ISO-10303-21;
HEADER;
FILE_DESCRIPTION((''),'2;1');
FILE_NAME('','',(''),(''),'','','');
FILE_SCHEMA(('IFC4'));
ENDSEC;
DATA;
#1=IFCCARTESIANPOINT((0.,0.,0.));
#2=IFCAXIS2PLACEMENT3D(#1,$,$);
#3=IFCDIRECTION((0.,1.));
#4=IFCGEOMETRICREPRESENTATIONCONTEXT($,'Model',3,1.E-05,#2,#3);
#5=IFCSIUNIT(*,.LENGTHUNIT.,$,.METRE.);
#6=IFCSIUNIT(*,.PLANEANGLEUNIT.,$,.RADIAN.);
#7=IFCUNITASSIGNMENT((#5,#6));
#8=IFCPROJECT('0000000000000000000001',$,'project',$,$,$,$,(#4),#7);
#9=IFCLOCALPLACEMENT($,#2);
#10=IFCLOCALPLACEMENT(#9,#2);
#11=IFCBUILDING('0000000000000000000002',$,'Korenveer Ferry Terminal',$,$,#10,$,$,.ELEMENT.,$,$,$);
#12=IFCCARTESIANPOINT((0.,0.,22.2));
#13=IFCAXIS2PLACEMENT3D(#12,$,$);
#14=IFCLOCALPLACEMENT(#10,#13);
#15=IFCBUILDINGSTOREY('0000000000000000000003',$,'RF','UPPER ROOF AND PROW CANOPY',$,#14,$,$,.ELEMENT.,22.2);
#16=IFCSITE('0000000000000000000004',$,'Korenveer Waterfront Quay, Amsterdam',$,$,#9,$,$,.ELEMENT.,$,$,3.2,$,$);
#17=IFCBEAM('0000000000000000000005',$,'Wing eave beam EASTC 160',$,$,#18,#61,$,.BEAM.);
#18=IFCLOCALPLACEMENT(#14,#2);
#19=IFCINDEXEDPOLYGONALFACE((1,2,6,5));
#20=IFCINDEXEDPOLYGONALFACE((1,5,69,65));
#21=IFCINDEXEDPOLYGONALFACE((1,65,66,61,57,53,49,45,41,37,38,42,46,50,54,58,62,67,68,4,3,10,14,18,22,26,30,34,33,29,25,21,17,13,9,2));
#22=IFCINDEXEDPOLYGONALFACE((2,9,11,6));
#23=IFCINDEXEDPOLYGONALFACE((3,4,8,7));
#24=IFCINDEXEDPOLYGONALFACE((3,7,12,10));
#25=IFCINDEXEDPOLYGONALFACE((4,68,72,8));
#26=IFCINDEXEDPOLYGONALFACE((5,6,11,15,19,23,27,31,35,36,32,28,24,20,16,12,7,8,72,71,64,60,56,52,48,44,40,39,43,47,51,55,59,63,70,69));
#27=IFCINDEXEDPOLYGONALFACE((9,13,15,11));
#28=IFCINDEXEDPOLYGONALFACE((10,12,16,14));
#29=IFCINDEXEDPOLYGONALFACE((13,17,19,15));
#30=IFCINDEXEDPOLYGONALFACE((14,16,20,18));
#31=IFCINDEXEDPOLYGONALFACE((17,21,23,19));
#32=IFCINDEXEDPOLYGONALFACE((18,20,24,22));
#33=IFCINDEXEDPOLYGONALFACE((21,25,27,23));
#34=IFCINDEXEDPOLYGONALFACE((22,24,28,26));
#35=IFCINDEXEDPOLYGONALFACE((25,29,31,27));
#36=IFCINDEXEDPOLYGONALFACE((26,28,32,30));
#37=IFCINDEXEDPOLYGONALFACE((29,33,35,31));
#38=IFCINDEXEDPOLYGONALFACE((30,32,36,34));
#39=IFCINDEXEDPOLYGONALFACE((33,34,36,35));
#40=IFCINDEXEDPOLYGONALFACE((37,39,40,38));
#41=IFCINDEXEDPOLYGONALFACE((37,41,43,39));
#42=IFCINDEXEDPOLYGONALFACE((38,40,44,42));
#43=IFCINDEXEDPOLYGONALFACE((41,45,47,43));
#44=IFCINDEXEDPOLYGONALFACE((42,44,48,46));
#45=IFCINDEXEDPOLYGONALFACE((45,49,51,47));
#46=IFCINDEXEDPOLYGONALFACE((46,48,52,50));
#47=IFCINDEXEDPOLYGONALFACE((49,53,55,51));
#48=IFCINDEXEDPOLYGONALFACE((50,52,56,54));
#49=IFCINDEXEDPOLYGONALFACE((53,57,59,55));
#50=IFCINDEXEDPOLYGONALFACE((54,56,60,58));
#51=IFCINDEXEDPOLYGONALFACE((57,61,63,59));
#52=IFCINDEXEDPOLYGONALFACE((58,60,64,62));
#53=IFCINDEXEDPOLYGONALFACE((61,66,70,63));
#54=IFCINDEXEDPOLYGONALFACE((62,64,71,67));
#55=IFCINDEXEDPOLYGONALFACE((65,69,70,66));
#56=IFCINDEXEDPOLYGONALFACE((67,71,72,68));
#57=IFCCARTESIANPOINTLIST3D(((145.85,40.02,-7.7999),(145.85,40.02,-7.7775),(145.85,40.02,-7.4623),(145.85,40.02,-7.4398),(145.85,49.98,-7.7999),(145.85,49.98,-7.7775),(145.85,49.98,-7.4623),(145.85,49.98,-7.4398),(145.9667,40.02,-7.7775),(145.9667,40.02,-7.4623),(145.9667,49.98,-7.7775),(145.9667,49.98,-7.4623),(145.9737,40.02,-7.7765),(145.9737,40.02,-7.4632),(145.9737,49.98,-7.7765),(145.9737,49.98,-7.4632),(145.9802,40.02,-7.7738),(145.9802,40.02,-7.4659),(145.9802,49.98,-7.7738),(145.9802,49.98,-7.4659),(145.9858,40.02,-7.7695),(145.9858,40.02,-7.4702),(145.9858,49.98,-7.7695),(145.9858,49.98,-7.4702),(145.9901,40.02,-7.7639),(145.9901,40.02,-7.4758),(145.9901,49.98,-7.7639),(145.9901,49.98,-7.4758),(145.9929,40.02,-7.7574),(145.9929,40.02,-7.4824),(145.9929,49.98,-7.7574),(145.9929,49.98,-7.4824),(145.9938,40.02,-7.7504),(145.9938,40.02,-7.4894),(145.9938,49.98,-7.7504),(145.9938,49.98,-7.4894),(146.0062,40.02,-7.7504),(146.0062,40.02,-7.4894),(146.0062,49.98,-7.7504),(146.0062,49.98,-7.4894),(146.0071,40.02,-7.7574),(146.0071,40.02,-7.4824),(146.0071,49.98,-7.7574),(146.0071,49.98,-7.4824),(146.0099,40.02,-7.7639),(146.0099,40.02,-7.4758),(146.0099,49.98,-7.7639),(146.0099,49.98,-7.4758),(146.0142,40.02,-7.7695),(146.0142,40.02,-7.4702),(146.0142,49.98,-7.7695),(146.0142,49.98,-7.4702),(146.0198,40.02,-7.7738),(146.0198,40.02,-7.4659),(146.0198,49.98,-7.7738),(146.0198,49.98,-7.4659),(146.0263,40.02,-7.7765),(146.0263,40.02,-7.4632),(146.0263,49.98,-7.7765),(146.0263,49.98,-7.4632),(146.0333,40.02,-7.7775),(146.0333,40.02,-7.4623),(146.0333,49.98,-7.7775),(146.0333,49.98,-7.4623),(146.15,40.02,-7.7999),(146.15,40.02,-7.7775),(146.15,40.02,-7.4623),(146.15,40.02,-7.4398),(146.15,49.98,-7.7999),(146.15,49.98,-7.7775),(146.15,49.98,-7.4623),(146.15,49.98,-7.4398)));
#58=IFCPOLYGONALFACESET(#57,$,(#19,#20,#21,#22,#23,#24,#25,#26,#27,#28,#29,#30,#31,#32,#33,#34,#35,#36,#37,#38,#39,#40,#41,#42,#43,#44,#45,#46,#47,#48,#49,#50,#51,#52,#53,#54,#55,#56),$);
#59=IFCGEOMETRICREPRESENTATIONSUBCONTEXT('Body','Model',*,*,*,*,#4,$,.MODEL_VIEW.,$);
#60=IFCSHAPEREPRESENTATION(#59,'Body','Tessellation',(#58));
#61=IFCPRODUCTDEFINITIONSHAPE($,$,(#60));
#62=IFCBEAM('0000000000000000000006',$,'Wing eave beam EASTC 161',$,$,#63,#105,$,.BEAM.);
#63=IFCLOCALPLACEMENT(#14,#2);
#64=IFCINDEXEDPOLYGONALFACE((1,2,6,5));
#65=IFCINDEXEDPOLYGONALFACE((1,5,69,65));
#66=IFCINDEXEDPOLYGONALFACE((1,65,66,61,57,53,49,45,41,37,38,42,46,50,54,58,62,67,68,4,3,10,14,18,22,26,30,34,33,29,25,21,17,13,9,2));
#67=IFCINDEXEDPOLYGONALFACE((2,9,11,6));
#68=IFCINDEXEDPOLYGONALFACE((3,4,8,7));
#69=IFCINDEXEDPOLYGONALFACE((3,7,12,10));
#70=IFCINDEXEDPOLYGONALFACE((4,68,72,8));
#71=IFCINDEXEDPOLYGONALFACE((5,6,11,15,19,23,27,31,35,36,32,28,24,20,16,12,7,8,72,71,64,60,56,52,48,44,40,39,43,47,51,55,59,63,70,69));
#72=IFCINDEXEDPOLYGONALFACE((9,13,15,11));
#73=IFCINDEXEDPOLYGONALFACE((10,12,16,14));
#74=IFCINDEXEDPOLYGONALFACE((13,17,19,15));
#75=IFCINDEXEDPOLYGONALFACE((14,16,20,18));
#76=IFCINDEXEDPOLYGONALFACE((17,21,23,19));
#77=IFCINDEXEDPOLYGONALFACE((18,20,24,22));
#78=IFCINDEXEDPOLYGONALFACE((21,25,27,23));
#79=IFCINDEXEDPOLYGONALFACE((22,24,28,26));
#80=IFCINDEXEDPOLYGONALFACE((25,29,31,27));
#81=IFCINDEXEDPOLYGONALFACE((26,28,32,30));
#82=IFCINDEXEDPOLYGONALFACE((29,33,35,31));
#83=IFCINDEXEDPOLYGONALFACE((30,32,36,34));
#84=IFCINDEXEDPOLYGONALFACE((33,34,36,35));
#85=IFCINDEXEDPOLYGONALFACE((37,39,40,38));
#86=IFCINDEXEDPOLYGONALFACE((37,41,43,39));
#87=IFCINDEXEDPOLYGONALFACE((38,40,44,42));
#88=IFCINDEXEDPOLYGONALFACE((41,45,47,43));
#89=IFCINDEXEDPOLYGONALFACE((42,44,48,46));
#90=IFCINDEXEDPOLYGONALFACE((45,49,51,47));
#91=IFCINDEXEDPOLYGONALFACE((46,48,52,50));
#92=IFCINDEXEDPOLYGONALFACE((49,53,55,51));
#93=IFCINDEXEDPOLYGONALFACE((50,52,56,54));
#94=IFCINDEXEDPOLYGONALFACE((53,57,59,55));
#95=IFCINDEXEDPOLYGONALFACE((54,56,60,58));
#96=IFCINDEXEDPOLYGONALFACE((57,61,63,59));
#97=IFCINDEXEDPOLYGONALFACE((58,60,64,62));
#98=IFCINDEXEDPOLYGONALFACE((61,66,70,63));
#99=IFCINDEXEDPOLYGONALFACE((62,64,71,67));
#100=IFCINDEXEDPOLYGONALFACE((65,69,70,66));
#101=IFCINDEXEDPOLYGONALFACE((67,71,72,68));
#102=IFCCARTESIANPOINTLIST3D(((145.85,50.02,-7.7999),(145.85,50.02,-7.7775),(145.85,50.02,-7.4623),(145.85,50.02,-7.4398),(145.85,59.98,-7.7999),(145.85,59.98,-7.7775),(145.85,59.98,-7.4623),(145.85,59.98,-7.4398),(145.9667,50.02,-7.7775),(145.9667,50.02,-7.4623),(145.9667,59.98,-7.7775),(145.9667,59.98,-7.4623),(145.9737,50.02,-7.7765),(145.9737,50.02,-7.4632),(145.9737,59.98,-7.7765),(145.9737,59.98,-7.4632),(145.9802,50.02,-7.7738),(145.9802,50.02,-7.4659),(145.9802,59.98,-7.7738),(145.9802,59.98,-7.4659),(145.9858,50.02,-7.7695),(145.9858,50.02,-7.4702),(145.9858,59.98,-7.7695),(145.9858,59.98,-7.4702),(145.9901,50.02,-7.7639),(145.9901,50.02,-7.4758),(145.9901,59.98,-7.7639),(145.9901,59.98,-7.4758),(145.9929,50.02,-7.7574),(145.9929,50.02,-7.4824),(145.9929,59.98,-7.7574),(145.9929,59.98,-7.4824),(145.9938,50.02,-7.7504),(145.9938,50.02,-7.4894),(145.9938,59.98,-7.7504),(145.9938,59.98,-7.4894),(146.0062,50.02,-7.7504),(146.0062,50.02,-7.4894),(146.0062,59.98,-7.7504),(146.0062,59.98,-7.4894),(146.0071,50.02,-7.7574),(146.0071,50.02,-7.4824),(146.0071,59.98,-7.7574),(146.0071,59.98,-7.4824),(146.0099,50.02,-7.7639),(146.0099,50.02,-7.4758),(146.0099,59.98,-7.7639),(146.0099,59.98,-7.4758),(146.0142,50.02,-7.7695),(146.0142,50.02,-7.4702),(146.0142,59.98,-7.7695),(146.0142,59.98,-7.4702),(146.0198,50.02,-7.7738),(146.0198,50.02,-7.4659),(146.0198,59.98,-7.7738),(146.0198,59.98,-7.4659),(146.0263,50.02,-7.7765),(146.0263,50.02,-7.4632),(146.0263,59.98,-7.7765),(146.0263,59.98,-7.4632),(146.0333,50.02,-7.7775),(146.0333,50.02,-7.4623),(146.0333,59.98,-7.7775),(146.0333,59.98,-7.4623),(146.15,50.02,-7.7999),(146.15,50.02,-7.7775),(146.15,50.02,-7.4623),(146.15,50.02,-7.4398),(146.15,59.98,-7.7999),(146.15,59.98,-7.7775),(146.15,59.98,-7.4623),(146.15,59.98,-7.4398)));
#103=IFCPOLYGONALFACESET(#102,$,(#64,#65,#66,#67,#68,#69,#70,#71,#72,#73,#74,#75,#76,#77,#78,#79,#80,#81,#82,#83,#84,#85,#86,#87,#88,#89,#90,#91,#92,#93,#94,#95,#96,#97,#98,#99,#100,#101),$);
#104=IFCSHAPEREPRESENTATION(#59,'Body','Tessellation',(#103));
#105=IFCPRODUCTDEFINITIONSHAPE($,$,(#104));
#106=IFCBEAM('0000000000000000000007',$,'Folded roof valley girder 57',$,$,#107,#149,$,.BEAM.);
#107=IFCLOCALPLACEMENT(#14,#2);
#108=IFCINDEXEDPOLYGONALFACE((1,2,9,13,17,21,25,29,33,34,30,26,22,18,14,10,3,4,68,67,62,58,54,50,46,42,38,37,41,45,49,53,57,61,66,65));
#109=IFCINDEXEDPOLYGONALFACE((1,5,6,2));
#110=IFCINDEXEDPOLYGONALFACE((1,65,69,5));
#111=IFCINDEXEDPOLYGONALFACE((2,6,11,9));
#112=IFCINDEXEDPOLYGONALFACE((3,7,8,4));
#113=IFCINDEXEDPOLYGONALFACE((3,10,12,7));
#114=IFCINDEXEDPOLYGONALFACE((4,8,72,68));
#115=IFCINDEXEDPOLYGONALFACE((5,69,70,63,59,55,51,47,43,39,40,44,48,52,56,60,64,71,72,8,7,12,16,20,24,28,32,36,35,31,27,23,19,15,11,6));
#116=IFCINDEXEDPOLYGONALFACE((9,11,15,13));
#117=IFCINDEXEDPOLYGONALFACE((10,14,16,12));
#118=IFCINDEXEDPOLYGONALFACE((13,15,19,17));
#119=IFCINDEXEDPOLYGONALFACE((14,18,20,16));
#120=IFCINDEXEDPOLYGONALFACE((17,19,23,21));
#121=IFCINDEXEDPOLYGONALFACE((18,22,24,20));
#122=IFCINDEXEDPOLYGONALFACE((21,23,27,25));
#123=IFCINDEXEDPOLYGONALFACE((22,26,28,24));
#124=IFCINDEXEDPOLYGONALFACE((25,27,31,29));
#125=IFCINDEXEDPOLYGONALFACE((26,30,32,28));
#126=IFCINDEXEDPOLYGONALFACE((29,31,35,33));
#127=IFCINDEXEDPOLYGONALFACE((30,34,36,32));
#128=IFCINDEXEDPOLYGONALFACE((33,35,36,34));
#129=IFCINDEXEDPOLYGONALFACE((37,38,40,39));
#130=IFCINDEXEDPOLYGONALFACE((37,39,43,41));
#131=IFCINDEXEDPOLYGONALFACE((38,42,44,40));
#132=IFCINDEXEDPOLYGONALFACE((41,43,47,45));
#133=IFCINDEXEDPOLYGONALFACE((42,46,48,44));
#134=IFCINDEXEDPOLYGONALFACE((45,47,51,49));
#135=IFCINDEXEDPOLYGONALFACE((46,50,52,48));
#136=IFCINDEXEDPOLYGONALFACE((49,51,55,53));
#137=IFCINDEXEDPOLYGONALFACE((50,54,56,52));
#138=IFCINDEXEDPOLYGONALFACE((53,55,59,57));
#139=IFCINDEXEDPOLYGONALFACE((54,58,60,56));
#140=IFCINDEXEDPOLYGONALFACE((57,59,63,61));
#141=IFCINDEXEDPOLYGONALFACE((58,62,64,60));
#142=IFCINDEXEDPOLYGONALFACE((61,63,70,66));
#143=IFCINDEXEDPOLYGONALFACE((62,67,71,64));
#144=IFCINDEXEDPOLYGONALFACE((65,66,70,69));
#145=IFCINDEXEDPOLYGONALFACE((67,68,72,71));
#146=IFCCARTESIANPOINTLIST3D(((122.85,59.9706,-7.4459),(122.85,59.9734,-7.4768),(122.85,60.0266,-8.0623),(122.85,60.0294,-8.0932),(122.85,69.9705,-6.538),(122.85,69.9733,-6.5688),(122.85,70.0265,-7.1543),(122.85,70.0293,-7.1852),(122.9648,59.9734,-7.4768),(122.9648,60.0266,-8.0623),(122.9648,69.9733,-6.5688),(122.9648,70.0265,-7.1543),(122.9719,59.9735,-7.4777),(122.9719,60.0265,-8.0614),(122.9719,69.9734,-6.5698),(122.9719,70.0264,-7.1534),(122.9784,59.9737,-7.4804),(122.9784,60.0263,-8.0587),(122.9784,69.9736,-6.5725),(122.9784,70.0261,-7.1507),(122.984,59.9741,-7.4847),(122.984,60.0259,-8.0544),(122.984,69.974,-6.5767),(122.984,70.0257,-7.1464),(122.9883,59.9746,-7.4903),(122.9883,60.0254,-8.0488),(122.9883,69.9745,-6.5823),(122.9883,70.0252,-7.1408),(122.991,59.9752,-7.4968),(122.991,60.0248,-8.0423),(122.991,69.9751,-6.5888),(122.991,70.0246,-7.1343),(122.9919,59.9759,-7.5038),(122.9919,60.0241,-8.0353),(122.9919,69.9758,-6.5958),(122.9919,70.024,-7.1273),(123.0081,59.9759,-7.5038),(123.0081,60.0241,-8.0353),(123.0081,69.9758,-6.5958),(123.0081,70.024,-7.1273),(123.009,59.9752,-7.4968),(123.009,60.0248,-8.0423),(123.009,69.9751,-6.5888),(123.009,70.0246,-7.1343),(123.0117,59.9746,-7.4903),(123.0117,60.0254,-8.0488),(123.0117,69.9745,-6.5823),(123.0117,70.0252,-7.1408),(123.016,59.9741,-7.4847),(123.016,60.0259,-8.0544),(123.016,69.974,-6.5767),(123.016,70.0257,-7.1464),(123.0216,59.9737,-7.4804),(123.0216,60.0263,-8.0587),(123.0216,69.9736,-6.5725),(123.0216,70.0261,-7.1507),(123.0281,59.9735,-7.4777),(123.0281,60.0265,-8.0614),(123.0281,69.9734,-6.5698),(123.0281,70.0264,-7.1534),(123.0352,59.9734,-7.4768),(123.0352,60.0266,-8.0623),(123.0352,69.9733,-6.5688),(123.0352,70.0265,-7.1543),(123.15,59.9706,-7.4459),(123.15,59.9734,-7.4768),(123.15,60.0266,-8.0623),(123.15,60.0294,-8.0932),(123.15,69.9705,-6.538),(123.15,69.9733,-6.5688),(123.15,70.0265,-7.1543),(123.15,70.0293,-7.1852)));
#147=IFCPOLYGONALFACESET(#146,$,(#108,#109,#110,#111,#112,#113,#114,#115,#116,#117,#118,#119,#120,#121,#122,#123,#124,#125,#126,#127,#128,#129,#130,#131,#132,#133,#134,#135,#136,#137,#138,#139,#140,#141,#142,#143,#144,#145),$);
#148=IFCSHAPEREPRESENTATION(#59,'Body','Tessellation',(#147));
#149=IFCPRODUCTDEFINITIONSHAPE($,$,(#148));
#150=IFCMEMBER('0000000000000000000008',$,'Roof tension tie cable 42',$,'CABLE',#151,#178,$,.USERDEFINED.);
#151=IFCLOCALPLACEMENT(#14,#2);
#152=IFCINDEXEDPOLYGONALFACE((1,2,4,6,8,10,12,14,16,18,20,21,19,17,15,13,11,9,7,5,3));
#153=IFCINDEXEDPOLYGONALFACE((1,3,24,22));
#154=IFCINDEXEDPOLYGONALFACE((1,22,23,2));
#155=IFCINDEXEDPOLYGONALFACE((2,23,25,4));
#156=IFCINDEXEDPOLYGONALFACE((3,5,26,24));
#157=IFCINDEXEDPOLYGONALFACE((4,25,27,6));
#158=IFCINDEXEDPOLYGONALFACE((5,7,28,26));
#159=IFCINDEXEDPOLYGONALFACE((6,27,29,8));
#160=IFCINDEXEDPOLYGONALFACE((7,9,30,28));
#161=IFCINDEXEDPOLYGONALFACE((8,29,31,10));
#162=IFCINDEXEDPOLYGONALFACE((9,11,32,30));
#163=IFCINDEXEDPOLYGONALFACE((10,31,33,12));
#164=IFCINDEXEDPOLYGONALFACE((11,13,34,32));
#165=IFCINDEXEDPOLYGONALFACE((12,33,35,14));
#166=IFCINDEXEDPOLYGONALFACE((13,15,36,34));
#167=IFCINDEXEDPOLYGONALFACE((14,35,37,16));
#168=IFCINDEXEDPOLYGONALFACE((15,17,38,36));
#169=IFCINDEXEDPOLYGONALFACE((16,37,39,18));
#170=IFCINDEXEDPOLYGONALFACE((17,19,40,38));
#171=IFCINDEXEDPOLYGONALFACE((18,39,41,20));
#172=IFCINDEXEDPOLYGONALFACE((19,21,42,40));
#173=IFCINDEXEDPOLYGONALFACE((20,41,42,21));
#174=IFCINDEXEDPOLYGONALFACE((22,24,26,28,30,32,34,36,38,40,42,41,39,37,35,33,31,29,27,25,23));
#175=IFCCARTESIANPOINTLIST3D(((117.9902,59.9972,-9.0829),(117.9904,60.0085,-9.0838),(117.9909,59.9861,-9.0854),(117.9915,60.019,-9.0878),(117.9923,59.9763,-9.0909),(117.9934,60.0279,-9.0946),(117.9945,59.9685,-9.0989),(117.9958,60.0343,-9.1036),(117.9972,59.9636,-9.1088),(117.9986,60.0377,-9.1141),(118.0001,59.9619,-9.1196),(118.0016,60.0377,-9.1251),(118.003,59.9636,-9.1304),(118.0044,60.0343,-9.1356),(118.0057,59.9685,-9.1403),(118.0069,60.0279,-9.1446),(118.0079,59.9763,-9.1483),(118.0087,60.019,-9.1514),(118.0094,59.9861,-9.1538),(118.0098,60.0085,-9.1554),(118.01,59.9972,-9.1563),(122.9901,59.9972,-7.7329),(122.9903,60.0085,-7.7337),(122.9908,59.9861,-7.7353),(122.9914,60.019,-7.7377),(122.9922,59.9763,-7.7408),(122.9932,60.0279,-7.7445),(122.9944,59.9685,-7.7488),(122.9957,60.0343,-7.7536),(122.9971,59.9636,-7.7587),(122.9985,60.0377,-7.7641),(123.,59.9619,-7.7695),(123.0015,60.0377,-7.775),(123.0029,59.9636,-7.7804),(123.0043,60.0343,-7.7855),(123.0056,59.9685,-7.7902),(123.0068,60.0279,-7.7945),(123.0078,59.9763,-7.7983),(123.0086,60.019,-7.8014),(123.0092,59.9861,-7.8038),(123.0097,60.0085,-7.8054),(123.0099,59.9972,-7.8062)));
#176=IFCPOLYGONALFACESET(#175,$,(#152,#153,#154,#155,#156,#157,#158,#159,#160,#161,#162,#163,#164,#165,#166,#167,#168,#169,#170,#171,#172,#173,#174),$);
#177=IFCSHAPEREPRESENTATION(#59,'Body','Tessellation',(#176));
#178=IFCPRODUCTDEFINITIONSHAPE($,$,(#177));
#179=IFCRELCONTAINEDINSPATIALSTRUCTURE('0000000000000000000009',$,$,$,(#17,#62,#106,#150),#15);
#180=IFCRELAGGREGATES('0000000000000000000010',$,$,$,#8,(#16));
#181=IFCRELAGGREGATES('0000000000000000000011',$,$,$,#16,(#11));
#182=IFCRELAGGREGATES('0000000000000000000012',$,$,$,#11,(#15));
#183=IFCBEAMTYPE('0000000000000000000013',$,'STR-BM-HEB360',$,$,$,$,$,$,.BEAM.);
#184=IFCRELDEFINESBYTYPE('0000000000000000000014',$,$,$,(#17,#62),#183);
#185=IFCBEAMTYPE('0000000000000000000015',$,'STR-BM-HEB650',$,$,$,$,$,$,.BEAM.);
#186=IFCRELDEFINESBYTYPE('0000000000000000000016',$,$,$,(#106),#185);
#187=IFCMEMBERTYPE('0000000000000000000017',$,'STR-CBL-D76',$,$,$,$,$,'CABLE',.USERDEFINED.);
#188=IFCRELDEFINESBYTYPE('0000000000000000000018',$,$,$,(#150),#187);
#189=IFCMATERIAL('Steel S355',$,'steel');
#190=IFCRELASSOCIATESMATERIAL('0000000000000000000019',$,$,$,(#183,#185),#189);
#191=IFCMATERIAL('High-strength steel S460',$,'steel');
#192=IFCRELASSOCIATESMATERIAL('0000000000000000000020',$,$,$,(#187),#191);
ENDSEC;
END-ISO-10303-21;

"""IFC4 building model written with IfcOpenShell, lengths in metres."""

from ifc_helpers import new_model, si_unit, direction, frame, origin, origin_2d, place, context, subcontext, project, spatial, circle, i_section, extrude, material, material_profile, profile_set, type_object, element, save


model = new_model("IFC4")

# Units and contexts
model_context = context("Model", 3, precision=1e-05, world=origin(), true_north=direction((0.0, 1.0)))
body_context = subcontext(model_context, "Body", "Model", "MODEL_VIEW")
ifc_project = project(units=[si_unit("LENGTHUNIT", "METRE"), si_unit("PLANEANGLEUNIT", "RADIAN")], contexts=[model_context])

# Site, building, storey
site_placement = place(None, origin())
site = spatial("IfcSite", under=ifc_project, at=site_placement, Name="Korenveer Waterfront Quay, Amsterdam", CompositionType="ELEMENT", RefElevation=3.2)
building_placement = place(site_placement, origin())
building = spatial("IfcBuilding", under=site, at=building_placement, Name="Korenveer Ferry Terminal", CompositionType="ELEMENT")
storey_placement = place(building_placement, frame((0.0, 0.0, 22.2)))
storey = spatial("IfcBuildingStorey", under=building, at=storey_placement, Name="RF", Description="UPPER ROOF AND PROW CANOPY", CompositionType="ELEMENT", Elevation=22.2)

# Beams
ifc_material_1 = material(Name="Steel S355", Category="steel")
ifc_material_profile_1 = material_profile(ifc_material_1, i_section(OverallWidth=0.3, OverallDepth=0.3601, WebThickness=0.0125, FlangeThickness=0.0225, FilletRadius=0.0271, at=origin_2d()), Name="HEB 360")
ifc_profile_set_1 = profile_set([ifc_material_profile_1], Name="Steel S355")
beam_type_1 = type_object("IfcBeamType", Name="STR-BM-HEB360", PredefinedType="BEAM", material=ifc_profile_set_1)
for number, where, z_axis, x_axis, name in (
    (1, (146.0, 40.02, -7.6199), (0.0, 1.0, 0.0), (-1.0, 0.0, 0.0), "Wing eave beam EASTC 160"),
    (2, (146.0, 50.02, -7.6199), (0.0, 1.0, 0.0), (-1.0, 0.0, 0.0), "Wing eave beam EASTC 161"),
):
    element("IfcBeam", number, at=place(storey_placement, frame(where, z_axis=z_axis, x_axis=x_axis)), inside=storey, type_object=beam_type_1, Name=name, PredefinedType="BEAM", context=body_context, shape_type="SweptSolid", body=[
        extrude(i_section(OverallWidth=0.3, OverallDepth=0.3601, WebThickness=0.0125, FlangeThickness=0.0225, FilletRadius=0.0271, at=origin_2d()), origin(), (0.0, 0.0, 1.0), 9.96),
    ])
ifc_material_profile_2 = material_profile(ifc_material_1, i_section(OverallWidth=0.3, OverallDepth=0.6499, WebThickness=0.0161, FlangeThickness=0.031, FilletRadius=0.0271, at=origin_2d()), Name="HEB 650")
ifc_profile_set_2 = profile_set([ifc_material_profile_2], Name="Steel S355")
beam_type_2 = type_object("IfcBeamType", Name="STR-BM-HEB650", PredefinedType="BEAM", material=ifc_profile_set_2)
beam_placement = place(storey_placement, frame((123.0, 60.0, -7.7695), z_axis=(0.0, 0.995903, 0.090424), x_axis=(-1.0, 0.0, 0.0)))
element("IfcBeam", 3, at=beam_placement, inside=storey, type_object=beam_type_2, Name="Folded roof valley girder 57", PredefinedType="BEAM", context=body_context, shape_type="SweptSolid", body=[
    extrude(i_section(OverallWidth=0.3, OverallDepth=0.6499, WebThickness=0.0161, FlangeThickness=0.031, FilletRadius=0.0271, at=origin_2d()), origin(), (0.0, 0.0, 1.0), 10.041),
])

# Member
ifc_material_2 = material(Name="High-strength steel S460", Category="steel")
ifc_material_profile_3 = material_profile(ifc_material_2, circle(Radius=0.0381, at=origin_2d()), Name="ROD D76")
ifc_profile_set_3 = profile_set([ifc_material_profile_3], Name="High-strength steel S460")
member_type_1 = type_object("IfcMemberType", Name="STR-CBL-D76", ElementType="CABLE", PredefinedType="USERDEFINED", material=ifc_profile_set_3)
member_1_placement = place(storey_placement, frame((123.0, 60.0, -7.7695), z_axis=(-0.965424, 0.0, -0.260683), x_axis=(0.0, -1.0, 0.0)))
element("IfcMember", 4, at=member_1_placement, inside=storey, type_object=member_type_1, Name="Roof tension tie cable 42", ObjectType="CABLE", PredefinedType="USERDEFINED", context=body_context, shape_type="SweptSolid", body=[
    extrude(circle(Radius=0.0381, at=origin_2d()), origin(), (0.0, 0.0, 1.0), 5.179),
])

save(model, "model.ifc")
